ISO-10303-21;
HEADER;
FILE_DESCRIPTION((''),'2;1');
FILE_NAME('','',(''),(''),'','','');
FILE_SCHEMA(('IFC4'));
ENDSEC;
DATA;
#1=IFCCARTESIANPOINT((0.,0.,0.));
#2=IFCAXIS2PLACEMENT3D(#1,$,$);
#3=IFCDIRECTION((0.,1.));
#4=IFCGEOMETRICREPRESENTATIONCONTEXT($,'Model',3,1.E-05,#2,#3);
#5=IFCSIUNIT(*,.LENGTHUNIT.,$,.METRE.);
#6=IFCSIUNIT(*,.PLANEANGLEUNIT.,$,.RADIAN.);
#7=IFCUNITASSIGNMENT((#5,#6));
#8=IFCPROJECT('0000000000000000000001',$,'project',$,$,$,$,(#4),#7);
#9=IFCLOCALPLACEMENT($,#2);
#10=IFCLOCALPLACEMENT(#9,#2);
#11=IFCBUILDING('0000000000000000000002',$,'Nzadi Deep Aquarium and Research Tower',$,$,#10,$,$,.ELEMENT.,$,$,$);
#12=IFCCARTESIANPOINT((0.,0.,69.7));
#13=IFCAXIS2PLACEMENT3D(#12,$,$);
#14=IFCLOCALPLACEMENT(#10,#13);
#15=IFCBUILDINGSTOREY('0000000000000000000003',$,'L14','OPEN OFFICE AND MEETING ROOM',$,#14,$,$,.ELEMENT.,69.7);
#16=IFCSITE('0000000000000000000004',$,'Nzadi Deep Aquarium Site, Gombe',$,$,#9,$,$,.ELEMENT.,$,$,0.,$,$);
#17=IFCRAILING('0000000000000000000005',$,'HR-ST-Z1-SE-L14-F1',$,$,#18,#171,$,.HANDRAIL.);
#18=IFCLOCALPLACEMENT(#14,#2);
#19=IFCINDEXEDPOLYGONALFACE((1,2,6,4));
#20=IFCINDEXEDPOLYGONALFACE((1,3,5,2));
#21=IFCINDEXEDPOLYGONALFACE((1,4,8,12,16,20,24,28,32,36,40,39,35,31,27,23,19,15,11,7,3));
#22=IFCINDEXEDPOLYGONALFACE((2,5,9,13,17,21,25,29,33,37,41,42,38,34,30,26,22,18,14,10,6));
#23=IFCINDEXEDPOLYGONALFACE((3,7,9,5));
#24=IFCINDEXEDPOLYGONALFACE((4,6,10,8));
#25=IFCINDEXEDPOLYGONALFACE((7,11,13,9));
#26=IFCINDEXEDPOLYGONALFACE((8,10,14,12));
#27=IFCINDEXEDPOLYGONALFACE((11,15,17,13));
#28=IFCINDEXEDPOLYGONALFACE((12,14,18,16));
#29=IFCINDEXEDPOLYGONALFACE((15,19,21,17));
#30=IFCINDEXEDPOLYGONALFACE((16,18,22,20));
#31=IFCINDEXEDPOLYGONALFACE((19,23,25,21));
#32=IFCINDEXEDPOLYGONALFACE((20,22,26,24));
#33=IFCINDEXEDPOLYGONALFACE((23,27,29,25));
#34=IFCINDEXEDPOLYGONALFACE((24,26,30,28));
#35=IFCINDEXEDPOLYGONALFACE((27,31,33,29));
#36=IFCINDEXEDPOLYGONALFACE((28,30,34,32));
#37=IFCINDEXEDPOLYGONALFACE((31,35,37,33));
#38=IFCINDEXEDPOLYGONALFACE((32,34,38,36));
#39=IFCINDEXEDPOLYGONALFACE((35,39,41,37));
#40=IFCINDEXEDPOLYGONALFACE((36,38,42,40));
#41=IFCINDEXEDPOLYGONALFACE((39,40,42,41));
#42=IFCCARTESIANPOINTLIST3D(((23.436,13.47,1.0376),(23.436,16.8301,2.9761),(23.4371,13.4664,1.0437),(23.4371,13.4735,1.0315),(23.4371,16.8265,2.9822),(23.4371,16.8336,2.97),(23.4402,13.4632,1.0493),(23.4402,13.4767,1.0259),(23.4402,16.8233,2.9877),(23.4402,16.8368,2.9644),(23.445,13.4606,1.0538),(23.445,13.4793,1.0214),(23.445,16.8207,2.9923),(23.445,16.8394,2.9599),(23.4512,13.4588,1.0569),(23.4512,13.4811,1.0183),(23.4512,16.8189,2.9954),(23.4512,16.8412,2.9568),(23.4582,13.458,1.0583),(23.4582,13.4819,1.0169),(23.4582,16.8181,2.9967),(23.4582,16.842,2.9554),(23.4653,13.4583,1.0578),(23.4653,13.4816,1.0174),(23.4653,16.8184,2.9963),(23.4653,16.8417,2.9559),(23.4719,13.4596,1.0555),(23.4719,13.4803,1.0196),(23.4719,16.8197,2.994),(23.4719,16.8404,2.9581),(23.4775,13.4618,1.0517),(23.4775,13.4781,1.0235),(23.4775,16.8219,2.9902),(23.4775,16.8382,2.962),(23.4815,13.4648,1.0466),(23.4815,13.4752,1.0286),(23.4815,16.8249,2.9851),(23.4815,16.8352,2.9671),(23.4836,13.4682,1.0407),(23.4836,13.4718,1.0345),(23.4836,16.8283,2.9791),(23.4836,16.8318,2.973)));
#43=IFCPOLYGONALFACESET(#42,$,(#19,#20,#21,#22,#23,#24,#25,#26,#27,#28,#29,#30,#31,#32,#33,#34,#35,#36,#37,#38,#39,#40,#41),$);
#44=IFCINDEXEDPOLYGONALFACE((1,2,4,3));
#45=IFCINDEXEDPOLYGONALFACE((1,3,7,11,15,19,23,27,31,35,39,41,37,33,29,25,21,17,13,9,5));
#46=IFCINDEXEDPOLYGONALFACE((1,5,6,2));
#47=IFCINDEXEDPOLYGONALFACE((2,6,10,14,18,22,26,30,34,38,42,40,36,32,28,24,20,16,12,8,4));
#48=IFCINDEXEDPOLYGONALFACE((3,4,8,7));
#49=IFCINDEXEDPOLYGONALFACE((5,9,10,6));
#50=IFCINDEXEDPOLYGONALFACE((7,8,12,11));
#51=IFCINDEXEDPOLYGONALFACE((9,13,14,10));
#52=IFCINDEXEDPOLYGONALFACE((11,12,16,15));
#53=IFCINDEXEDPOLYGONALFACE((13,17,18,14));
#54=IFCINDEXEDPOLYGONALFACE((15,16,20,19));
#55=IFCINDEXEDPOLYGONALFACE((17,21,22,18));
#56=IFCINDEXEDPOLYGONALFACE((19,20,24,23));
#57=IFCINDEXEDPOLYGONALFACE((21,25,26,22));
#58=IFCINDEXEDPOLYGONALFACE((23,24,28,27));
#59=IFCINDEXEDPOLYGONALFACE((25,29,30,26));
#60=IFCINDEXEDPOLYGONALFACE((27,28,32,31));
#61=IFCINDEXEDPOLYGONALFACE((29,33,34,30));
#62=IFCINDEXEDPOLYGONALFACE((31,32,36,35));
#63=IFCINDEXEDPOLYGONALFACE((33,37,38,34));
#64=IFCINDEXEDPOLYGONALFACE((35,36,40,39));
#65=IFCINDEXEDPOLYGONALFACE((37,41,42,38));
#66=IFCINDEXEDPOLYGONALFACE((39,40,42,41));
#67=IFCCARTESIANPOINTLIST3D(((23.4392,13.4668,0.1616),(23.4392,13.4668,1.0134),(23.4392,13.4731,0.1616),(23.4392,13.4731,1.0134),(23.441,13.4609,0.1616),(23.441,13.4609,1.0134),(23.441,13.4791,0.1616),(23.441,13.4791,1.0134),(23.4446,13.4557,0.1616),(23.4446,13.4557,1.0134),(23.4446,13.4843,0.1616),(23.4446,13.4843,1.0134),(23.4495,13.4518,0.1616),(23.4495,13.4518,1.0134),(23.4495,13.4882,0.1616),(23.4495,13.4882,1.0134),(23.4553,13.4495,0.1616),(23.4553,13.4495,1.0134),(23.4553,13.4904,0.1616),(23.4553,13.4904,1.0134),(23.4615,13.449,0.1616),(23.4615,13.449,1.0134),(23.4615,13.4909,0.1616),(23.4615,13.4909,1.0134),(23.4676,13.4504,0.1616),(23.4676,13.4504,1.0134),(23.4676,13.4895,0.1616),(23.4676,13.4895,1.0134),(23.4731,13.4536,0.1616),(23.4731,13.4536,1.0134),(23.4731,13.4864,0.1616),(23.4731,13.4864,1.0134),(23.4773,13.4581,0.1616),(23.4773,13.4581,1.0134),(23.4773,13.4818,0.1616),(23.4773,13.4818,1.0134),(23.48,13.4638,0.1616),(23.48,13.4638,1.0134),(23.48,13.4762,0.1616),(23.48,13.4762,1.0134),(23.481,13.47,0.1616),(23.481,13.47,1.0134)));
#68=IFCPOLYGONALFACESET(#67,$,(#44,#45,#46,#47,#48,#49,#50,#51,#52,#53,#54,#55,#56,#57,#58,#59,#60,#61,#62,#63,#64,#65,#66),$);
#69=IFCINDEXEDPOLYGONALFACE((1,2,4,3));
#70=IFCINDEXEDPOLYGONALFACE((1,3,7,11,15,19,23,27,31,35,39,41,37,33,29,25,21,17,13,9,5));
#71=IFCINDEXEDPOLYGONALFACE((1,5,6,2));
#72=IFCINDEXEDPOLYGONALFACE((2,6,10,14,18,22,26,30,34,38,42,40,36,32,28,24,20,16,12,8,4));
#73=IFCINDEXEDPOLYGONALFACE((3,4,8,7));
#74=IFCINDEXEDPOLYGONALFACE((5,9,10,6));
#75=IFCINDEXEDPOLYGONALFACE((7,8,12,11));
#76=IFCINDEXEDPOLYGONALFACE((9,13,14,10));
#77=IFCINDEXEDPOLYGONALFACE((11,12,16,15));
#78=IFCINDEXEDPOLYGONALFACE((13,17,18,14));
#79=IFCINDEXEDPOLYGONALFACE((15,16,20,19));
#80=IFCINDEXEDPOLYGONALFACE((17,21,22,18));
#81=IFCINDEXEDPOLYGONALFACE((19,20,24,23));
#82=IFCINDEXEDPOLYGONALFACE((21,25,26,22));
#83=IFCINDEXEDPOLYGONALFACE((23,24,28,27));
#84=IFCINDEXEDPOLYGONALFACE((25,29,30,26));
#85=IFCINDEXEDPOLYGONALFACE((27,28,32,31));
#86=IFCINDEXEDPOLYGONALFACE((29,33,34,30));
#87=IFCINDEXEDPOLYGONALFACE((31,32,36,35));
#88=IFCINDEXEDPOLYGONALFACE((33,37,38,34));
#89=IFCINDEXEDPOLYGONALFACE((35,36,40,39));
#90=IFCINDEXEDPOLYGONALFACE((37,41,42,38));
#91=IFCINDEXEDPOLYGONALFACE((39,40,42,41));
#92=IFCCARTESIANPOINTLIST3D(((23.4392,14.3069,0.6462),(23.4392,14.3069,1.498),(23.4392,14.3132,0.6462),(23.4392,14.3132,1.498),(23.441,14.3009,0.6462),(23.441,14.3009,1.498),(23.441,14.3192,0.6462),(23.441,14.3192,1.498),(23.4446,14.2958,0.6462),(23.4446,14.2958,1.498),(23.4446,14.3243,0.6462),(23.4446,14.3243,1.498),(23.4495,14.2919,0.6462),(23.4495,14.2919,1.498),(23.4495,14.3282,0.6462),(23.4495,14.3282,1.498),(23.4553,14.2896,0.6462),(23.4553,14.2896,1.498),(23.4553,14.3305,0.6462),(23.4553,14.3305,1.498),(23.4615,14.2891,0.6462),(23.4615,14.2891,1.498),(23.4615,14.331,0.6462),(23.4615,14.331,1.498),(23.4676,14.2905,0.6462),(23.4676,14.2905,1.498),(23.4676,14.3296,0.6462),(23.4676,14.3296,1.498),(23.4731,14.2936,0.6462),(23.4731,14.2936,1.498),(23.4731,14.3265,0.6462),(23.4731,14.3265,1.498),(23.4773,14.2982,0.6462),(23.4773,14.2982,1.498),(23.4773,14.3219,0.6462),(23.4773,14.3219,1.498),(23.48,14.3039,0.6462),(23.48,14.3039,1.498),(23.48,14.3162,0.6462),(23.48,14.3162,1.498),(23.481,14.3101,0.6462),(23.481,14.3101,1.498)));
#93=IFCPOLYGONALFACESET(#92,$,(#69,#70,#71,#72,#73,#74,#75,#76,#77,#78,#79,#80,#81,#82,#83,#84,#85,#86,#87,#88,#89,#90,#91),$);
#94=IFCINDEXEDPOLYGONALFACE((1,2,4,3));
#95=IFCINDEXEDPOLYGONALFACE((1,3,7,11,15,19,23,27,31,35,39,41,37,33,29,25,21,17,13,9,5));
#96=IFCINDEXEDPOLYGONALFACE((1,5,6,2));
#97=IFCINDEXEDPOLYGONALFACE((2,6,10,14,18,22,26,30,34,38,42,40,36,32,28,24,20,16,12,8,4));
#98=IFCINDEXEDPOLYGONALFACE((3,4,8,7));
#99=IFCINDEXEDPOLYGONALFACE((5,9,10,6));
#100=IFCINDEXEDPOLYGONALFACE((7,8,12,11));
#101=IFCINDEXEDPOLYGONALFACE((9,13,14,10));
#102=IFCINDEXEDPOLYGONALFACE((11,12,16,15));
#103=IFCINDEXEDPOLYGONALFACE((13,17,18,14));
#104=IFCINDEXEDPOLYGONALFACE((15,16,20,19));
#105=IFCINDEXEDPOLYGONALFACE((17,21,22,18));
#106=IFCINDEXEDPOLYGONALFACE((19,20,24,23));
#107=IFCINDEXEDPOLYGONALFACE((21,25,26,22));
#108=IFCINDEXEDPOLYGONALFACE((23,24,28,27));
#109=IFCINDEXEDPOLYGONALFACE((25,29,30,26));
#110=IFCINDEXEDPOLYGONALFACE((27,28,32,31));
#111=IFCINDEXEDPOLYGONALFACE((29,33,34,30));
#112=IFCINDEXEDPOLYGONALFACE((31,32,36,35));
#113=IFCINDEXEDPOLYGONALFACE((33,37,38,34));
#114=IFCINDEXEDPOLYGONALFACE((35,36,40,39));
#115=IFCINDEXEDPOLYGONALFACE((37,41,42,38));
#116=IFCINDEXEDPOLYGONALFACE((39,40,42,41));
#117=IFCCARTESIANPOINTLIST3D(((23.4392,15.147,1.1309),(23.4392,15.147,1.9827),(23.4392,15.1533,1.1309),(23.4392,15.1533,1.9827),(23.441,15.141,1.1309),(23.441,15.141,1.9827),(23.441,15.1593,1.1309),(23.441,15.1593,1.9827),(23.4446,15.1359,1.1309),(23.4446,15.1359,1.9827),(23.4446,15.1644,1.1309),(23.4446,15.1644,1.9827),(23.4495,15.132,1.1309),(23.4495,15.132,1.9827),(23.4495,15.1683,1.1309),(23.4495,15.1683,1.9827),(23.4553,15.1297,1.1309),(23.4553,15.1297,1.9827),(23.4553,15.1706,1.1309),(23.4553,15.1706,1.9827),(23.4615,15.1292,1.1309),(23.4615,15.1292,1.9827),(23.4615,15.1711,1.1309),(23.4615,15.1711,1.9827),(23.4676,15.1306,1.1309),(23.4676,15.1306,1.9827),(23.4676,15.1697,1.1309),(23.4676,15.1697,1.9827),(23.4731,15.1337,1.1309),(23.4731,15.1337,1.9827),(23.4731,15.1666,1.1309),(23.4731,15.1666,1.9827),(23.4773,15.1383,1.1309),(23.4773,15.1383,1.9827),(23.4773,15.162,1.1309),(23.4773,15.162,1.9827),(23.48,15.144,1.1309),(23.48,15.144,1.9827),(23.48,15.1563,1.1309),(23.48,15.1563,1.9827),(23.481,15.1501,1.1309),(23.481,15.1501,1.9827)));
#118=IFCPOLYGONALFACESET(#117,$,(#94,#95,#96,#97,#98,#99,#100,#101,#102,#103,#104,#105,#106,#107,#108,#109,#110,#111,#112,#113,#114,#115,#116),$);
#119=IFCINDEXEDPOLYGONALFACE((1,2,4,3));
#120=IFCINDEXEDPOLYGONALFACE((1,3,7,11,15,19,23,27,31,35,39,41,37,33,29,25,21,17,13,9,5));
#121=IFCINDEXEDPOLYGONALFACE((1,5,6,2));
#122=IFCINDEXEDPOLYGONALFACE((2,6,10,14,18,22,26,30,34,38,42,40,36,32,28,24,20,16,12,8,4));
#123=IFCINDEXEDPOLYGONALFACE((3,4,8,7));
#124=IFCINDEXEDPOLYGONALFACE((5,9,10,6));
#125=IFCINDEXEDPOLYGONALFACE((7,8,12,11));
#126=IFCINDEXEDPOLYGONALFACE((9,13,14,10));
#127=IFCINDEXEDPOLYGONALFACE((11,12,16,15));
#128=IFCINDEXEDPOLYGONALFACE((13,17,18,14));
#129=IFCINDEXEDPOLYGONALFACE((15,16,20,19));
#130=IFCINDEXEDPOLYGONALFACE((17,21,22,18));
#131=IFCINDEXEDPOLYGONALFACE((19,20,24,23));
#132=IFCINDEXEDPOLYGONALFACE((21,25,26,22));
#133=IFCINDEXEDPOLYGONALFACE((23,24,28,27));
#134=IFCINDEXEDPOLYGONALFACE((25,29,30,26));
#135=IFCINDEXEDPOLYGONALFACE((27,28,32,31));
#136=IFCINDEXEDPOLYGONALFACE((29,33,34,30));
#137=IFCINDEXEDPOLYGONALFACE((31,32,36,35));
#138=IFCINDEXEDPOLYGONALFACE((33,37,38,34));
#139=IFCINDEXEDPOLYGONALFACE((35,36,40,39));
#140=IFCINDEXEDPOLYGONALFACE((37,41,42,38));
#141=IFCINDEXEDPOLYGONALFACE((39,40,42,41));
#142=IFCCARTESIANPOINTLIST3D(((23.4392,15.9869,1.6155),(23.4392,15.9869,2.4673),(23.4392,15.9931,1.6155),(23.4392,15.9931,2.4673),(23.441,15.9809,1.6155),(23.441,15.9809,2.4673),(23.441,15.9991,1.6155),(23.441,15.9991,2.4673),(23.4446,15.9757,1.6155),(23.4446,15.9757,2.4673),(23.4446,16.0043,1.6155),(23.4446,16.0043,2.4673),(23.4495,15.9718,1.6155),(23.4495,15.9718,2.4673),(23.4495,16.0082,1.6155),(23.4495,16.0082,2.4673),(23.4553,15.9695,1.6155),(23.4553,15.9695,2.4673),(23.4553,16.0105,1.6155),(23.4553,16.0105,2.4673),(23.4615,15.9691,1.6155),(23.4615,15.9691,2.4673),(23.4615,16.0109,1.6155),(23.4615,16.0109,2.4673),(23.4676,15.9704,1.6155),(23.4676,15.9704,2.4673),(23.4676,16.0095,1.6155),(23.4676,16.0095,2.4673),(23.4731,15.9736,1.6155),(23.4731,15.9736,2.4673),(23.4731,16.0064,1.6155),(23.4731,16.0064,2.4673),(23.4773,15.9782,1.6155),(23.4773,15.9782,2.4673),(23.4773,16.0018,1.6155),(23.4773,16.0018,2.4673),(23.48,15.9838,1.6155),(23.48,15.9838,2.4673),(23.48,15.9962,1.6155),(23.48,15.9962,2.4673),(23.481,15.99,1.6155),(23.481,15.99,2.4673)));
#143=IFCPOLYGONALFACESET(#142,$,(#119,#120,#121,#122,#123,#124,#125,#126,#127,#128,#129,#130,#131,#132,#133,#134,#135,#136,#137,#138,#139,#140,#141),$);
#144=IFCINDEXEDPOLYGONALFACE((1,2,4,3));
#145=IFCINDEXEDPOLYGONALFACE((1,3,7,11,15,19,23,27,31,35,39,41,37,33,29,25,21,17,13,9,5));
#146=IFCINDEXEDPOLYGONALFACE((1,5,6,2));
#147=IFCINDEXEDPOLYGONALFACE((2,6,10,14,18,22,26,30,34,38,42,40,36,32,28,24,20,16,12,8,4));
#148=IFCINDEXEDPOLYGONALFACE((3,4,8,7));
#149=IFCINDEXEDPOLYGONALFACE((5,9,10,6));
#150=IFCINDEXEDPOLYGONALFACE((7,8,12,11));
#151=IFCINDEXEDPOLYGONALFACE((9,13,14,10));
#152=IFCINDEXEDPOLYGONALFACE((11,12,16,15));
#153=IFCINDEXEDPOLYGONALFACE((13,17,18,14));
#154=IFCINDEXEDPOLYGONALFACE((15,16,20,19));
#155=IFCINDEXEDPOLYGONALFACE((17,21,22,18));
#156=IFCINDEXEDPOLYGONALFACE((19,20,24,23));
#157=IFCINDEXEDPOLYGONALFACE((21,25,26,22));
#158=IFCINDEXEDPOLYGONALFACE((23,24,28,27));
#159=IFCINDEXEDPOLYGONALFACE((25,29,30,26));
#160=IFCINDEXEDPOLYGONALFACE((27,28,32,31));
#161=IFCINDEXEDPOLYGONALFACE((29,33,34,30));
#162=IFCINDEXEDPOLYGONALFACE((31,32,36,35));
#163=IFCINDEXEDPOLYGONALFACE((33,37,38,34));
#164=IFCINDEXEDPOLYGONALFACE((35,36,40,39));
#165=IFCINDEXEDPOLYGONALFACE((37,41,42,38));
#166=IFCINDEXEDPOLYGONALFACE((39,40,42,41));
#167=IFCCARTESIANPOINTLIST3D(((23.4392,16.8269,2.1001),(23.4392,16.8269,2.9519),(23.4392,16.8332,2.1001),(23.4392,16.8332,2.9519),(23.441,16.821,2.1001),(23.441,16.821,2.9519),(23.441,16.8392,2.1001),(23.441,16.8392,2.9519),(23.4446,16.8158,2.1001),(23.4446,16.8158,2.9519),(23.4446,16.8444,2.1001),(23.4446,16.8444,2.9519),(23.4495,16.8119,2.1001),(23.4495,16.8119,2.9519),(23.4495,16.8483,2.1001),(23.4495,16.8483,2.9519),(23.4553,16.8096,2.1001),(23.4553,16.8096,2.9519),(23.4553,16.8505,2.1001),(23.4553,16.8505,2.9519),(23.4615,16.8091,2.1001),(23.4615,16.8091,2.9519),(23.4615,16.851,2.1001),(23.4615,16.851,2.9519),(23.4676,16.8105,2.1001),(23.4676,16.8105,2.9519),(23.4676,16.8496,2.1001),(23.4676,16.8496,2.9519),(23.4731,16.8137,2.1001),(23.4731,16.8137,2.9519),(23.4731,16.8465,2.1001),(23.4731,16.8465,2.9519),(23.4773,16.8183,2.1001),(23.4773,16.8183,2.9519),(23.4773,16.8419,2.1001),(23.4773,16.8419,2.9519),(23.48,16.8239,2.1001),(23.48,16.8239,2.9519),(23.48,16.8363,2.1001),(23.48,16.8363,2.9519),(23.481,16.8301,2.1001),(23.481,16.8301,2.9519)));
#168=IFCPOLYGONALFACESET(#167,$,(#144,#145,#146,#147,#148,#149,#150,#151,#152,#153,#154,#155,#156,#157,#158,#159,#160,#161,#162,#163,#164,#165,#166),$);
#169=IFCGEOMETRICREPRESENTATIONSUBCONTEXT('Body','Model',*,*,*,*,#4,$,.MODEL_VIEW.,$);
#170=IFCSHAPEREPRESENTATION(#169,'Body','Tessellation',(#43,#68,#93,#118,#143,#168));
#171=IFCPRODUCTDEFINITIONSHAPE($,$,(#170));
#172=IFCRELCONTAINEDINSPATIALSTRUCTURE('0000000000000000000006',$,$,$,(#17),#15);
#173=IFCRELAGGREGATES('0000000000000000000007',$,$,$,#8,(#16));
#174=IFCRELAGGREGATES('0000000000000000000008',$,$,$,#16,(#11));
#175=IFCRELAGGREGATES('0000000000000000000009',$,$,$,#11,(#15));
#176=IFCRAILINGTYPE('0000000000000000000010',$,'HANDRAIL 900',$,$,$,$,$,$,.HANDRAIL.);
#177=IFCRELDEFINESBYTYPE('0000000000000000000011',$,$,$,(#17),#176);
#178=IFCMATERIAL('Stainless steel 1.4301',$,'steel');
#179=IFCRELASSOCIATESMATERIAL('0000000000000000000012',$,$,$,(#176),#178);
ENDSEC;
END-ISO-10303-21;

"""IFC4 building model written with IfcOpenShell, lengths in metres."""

from ifc_helpers import new_model, si_unit, direction, frame, origin, origin_2d, place, context, subcontext, project, spatial, circle, extrude, material, type_object, element, save


model = new_model("IFC4")

# Units and contexts
model_context = context("Model", 3, precision=1e-05, world=origin(), true_north=direction((0.0, 1.0)))
body_context = subcontext(model_context, "Body", "Model", "MODEL_VIEW")
ifc_project = project(units=[si_unit("LENGTHUNIT", "METRE"), si_unit("PLANEANGLEUNIT", "RADIAN")], contexts=[model_context])

# Site, building, storey
site_placement = place(None, origin())
site = spatial("IfcSite", under=ifc_project, at=site_placement, Name="Nzadi Deep Aquarium Site, Gombe", CompositionType="ELEMENT", RefElevation=0.0)
building_placement = place(site_placement, origin())
building = spatial("IfcBuilding", under=site, at=building_placement, Name="Nzadi Deep Aquarium and Research Tower", CompositionType="ELEMENT")
storey_placement = place(building_placement, frame((0.0, 0.0, 69.7)))
storey = spatial("IfcBuildingStorey", under=building, at=storey_placement, Name="L14", Description="OPEN OFFICE AND MEETING ROOM", CompositionType="ELEMENT", Elevation=69.7)

# Railing
ifc_material_1 = material(Name="Stainless steel 1.4301", Category="steel")
railing_type = type_object("IfcRailingType", Name="HANDRAIL 900", PredefinedType="HANDRAIL", material=ifc_material_1)
railing_placement = place(storey_placement, frame((23.46, 13.47, 0.1616)))
element("IfcRailing", 1, at=railing_placement, inside=storey, type_object=railing_type, Name="HR-ST-Z1-SE-L14-F1", PredefinedType="HANDRAIL", context=body_context, shape_type="SweptSolid", body=[
    extrude(circle(Radius=0.0239, at=origin_2d()), frame((0.0, 0.0, 0.876), z_axis=(0.0, 0.866191, 0.499713), x_axis=(-1.0, 0.0, 0.0)), (0.0, 0.0, 1.0), 3.8792),
    extrude(circle(Radius=0.021, at=origin_2d()), origin(), (0.0, 0.0, 1.0), 0.8518),
    extrude(circle(Radius=0.021, at=origin_2d()), frame((0.0, 0.8401, 0.4846)), (0.0, 0.0, 1.0), 0.8518),
    extrude(circle(Radius=0.021, at=origin_2d()), frame((0.0, 1.6802, 0.9692)), (0.0, 0.0, 1.0), 0.8518),
    extrude(circle(Radius=0.021, at=origin_2d()), frame((0.0, 2.52, 1.4539)), (0.0, 0.0, 1.0), 0.8518),
    extrude(circle(Radius=0.021, at=origin_2d()), frame((0.0, 3.3601, 1.9385)), (0.0, 0.0, 1.0), 0.8518),
])

save(model, "model.ifc")
